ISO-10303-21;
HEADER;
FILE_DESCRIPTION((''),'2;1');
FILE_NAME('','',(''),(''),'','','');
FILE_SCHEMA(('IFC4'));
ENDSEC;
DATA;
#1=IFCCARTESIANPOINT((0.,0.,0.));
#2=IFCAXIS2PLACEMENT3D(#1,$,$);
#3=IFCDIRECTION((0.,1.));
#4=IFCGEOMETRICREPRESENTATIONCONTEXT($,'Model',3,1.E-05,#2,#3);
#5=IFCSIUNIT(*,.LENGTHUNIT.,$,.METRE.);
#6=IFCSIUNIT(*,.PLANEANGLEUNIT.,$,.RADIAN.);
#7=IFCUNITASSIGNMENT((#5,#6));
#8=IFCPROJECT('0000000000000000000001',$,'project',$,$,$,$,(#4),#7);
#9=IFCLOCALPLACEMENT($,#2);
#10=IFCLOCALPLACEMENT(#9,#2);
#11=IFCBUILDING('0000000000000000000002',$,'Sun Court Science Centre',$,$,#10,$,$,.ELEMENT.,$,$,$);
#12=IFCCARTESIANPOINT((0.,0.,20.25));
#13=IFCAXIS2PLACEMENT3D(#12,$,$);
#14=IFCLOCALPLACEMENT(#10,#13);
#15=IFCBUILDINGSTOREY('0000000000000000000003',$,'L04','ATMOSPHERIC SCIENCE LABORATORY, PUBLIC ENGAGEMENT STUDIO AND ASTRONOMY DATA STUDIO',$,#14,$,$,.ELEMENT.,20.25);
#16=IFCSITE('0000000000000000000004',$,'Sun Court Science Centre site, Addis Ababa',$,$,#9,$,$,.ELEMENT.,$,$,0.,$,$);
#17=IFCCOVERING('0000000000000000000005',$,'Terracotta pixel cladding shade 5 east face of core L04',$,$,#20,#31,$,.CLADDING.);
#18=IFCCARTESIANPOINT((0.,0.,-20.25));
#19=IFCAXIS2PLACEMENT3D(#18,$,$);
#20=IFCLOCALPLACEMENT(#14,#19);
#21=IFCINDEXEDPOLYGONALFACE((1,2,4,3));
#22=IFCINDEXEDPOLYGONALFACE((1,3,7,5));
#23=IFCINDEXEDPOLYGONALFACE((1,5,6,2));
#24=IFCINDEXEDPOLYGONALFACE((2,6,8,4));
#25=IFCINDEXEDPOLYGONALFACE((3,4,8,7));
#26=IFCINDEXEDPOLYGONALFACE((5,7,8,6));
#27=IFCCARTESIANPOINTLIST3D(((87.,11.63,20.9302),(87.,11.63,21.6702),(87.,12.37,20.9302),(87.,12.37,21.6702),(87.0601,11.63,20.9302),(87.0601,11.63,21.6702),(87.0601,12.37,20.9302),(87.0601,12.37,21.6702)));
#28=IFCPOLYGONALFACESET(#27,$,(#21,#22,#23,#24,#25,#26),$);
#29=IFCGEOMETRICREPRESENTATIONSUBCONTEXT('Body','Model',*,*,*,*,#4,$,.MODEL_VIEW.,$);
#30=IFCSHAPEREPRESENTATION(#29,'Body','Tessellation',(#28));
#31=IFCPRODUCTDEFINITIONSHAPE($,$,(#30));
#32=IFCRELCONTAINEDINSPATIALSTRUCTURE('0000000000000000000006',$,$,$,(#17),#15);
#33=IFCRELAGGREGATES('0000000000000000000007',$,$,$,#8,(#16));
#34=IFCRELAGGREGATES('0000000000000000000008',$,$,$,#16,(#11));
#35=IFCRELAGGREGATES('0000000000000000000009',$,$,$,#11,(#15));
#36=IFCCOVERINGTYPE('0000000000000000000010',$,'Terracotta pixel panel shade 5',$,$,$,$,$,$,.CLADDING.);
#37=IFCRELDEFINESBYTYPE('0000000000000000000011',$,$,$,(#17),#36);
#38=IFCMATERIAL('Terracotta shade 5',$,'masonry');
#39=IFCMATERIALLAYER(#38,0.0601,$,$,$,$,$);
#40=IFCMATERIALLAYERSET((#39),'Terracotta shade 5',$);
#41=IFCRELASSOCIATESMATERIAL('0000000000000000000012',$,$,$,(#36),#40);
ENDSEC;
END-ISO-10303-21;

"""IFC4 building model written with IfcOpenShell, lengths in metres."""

from ifc_helpers import new_model, si_unit, direction, frame, origin, origin_2d, place, context, subcontext, project, spatial, rectangle, extrude, material, layer, layer_set, type_object, element, save


model = new_model("IFC4")

# Units and contexts
model_context = context("Model", 3, precision=1e-05, world=origin(), true_north=direction((0.0, 1.0)))
body_context = subcontext(model_context, "Body", "Model", "MODEL_VIEW")
ifc_project = project(units=[si_unit("LENGTHUNIT", "METRE"), si_unit("PLANEANGLEUNIT", "RADIAN")], contexts=[model_context])

# Site, building, storey
site_placement = place(None, origin())
site = spatial("IfcSite", under=ifc_project, at=site_placement, Name="Sun Court Science Centre site, Addis Ababa", CompositionType="ELEMENT", RefElevation=0.0)
building_placement = place(site_placement, origin())
building = spatial("IfcBuilding", under=site, at=building_placement, Name="Sun Court Science Centre", CompositionType="ELEMENT")
storey_placement = place(building_placement, frame((0.0, 0.0, 20.25)))
storey = spatial("IfcBuildingStorey", under=building, at=storey_placement, Name="L04", Description="ATMOSPHERIC SCIENCE LABORATORY, PUBLIC ENGAGEMENT STUDIO AND ASTRONOMY DATA STUDIO", CompositionType="ELEMENT", Elevation=20.25)

# Covering
ifc_material_1 = material(Name="Terracotta shade 5", Category="masonry")
ifc_layer_1 = layer(ifc_material_1, 0.0601)
ifc_layer_set_1 = layer_set([ifc_layer_1], Name="Terracotta shade 5")
covering_type_1 = type_object("IfcCoveringType", Name="Terracotta pixel panel shade 5", PredefinedType="CLADDING", material=ifc_layer_set_1)
covering_1_placement = place(storey_placement, frame((0.0, 0.0, -20.25)))
element("IfcCovering", 1, at=covering_1_placement, inside=storey, type_object=covering_type_1, Name="Terracotta pixel cladding shade 5 east face of core L04", PredefinedType="CLADDING", context=body_context, shape_type="SweptSolid", body=[
    extrude(rectangle(XDim=0.74, YDim=0.0601, at=origin_2d()), frame((87.03, 12.0, 20.9302), z_axis=(0.0, 0.0, 1.0), x_axis=(0.0, -1.0, 0.0)), (0.0, 0.0, 1.0), 0.74),
])

save(model, "model.ifc")
